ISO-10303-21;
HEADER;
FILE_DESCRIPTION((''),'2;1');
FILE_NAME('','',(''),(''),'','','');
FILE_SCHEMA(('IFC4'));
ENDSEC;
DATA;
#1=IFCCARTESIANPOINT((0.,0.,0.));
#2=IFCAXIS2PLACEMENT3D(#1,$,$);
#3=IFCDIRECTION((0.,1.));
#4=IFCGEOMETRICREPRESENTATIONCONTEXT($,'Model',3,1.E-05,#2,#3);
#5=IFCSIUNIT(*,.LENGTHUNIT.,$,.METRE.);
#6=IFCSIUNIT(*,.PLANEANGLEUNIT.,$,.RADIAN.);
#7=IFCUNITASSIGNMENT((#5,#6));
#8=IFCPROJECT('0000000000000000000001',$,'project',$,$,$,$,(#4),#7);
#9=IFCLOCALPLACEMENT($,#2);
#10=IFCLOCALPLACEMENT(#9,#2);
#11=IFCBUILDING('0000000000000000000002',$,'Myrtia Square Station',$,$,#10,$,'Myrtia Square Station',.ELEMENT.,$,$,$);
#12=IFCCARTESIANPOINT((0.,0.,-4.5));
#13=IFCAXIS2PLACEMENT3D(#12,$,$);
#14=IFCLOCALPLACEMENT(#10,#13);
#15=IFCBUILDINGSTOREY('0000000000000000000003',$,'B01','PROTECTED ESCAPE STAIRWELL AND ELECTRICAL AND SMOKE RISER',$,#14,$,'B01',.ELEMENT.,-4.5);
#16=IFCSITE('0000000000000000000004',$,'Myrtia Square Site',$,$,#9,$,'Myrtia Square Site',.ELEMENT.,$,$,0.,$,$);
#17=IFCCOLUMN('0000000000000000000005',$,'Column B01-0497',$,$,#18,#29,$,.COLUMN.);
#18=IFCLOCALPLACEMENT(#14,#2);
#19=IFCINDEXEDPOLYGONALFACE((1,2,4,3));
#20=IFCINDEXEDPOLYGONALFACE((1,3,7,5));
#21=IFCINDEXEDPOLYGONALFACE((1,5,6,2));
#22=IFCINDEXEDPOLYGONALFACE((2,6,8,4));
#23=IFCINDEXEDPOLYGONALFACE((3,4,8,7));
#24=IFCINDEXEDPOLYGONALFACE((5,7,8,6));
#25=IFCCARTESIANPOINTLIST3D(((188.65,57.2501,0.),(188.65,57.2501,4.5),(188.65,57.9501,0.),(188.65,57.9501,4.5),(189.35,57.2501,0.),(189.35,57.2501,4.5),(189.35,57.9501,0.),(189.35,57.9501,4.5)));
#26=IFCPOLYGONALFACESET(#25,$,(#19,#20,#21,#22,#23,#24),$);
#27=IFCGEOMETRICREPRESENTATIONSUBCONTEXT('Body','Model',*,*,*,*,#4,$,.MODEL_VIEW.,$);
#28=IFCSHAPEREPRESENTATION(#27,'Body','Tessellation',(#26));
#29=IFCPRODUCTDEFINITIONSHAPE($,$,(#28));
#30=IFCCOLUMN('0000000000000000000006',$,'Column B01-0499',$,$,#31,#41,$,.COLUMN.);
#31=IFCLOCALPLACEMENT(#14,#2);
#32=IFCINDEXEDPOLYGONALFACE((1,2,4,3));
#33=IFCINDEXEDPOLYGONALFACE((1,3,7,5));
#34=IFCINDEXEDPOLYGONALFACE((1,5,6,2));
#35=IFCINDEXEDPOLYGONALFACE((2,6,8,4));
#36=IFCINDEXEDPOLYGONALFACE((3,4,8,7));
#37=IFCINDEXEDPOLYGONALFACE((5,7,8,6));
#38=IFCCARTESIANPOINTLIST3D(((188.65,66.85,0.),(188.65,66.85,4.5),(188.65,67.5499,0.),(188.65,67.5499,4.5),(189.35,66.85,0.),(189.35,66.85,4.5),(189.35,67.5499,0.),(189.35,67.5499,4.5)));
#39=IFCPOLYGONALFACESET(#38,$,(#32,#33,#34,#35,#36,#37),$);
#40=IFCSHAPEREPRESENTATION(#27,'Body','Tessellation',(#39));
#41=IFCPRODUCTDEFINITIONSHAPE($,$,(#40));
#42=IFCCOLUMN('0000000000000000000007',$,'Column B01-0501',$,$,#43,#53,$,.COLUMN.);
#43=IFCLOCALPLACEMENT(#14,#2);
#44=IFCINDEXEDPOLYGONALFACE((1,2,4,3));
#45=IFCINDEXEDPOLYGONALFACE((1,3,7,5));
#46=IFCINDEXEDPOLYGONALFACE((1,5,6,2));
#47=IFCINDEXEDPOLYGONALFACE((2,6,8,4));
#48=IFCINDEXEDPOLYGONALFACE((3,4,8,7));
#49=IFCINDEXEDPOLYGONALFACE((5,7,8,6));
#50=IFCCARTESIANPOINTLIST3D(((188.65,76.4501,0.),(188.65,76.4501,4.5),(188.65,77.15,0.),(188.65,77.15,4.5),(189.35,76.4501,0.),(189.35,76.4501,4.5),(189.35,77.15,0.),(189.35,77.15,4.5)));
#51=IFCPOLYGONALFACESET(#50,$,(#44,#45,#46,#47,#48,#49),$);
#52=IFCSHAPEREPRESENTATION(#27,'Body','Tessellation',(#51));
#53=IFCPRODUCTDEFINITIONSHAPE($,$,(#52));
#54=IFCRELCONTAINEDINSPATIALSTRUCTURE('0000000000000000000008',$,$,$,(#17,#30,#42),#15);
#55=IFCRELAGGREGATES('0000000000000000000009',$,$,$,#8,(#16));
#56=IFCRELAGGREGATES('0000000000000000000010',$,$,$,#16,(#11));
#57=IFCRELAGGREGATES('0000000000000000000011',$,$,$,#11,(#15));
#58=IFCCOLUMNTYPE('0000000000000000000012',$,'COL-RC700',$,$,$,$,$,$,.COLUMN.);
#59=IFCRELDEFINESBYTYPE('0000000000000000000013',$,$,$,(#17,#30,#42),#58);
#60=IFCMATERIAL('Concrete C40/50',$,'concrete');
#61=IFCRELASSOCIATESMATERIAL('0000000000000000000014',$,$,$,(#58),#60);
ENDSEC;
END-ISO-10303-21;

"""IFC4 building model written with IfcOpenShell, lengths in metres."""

from ifc_helpers import new_model, si_unit, direction, frame, origin, origin_2d, place, context, subcontext, project, spatial, rectangle, extrude, material, material_profile, profile_set, type_object, element, save


model = new_model("IFC4")

# Units and contexts
model_context = context("Model", 3, precision=1e-05, world=origin(), true_north=direction((0.0, 1.0)))
body_context = subcontext(model_context, "Body", "Model", "MODEL_VIEW")
ifc_project = project(units=[si_unit("LENGTHUNIT", "METRE"), si_unit("PLANEANGLEUNIT", "RADIAN")], contexts=[model_context])

# Site, building, storey
site_placement = place(None, origin())
site = spatial("IfcSite", under=ifc_project, at=site_placement, Name="Myrtia Square Site", LongName="Myrtia Square Site", CompositionType="ELEMENT", RefElevation=0.0)
building_placement = place(site_placement, origin())
building = spatial("IfcBuilding", under=site, at=building_placement, Name="Myrtia Square Station", LongName="Myrtia Square Station", CompositionType="ELEMENT")
storey_placement = place(building_placement, frame((0.0, 0.0, -4.5)))
storey = spatial("IfcBuildingStorey", under=building, at=storey_placement, Name="B01", Description="PROTECTED ESCAPE STAIRWELL AND ELECTRICAL AND SMOKE RISER", LongName="B01", CompositionType="ELEMENT", Elevation=-4.5)

# Columns
ifc_material_1 = material(Name="Concrete C40/50", Category="concrete")
ifc_material_profile_1 = material_profile(ifc_material_1, rectangle(XDim=0.7, YDim=0.7, at=origin_2d()), Name="RC 700x700")
ifc_profile_set_1 = profile_set([ifc_material_profile_1], Name="Concrete C40/50")
column_type = type_object("IfcColumnType", Name="COL-RC700", PredefinedType="COLUMN", material=ifc_profile_set_1)
for number, where, z_axis, x_axis, name in (
    (1, (189.0, 57.6001, 0.0), (0.0, 0.0, 1.0), (1.0, 0.0, 0.0), "Column B01-0497"),
    (2, (189.0, 67.2, 0.0), (0.0, 0.0, 1.0), (1.0, 0.0, 0.0), "Column B01-0499"),
    (3, (189.0, 76.8, 0.0), (0.0, 0.0, 1.0), (1.0, 0.0, 0.0), "Column B01-0501"),
):
    element("IfcColumn", number, at=place(storey_placement, frame(where, z_axis=z_axis, x_axis=x_axis)), inside=storey, type_object=column_type, Name=name, PredefinedType="COLUMN", context=body_context, shape_type="SweptSolid", body=[
        extrude(rectangle(XDim=0.7, YDim=0.7, at=origin_2d()), origin(), (0.0, 0.0, 1.0), 4.5),
    ])

save(model, "model.ifc")
